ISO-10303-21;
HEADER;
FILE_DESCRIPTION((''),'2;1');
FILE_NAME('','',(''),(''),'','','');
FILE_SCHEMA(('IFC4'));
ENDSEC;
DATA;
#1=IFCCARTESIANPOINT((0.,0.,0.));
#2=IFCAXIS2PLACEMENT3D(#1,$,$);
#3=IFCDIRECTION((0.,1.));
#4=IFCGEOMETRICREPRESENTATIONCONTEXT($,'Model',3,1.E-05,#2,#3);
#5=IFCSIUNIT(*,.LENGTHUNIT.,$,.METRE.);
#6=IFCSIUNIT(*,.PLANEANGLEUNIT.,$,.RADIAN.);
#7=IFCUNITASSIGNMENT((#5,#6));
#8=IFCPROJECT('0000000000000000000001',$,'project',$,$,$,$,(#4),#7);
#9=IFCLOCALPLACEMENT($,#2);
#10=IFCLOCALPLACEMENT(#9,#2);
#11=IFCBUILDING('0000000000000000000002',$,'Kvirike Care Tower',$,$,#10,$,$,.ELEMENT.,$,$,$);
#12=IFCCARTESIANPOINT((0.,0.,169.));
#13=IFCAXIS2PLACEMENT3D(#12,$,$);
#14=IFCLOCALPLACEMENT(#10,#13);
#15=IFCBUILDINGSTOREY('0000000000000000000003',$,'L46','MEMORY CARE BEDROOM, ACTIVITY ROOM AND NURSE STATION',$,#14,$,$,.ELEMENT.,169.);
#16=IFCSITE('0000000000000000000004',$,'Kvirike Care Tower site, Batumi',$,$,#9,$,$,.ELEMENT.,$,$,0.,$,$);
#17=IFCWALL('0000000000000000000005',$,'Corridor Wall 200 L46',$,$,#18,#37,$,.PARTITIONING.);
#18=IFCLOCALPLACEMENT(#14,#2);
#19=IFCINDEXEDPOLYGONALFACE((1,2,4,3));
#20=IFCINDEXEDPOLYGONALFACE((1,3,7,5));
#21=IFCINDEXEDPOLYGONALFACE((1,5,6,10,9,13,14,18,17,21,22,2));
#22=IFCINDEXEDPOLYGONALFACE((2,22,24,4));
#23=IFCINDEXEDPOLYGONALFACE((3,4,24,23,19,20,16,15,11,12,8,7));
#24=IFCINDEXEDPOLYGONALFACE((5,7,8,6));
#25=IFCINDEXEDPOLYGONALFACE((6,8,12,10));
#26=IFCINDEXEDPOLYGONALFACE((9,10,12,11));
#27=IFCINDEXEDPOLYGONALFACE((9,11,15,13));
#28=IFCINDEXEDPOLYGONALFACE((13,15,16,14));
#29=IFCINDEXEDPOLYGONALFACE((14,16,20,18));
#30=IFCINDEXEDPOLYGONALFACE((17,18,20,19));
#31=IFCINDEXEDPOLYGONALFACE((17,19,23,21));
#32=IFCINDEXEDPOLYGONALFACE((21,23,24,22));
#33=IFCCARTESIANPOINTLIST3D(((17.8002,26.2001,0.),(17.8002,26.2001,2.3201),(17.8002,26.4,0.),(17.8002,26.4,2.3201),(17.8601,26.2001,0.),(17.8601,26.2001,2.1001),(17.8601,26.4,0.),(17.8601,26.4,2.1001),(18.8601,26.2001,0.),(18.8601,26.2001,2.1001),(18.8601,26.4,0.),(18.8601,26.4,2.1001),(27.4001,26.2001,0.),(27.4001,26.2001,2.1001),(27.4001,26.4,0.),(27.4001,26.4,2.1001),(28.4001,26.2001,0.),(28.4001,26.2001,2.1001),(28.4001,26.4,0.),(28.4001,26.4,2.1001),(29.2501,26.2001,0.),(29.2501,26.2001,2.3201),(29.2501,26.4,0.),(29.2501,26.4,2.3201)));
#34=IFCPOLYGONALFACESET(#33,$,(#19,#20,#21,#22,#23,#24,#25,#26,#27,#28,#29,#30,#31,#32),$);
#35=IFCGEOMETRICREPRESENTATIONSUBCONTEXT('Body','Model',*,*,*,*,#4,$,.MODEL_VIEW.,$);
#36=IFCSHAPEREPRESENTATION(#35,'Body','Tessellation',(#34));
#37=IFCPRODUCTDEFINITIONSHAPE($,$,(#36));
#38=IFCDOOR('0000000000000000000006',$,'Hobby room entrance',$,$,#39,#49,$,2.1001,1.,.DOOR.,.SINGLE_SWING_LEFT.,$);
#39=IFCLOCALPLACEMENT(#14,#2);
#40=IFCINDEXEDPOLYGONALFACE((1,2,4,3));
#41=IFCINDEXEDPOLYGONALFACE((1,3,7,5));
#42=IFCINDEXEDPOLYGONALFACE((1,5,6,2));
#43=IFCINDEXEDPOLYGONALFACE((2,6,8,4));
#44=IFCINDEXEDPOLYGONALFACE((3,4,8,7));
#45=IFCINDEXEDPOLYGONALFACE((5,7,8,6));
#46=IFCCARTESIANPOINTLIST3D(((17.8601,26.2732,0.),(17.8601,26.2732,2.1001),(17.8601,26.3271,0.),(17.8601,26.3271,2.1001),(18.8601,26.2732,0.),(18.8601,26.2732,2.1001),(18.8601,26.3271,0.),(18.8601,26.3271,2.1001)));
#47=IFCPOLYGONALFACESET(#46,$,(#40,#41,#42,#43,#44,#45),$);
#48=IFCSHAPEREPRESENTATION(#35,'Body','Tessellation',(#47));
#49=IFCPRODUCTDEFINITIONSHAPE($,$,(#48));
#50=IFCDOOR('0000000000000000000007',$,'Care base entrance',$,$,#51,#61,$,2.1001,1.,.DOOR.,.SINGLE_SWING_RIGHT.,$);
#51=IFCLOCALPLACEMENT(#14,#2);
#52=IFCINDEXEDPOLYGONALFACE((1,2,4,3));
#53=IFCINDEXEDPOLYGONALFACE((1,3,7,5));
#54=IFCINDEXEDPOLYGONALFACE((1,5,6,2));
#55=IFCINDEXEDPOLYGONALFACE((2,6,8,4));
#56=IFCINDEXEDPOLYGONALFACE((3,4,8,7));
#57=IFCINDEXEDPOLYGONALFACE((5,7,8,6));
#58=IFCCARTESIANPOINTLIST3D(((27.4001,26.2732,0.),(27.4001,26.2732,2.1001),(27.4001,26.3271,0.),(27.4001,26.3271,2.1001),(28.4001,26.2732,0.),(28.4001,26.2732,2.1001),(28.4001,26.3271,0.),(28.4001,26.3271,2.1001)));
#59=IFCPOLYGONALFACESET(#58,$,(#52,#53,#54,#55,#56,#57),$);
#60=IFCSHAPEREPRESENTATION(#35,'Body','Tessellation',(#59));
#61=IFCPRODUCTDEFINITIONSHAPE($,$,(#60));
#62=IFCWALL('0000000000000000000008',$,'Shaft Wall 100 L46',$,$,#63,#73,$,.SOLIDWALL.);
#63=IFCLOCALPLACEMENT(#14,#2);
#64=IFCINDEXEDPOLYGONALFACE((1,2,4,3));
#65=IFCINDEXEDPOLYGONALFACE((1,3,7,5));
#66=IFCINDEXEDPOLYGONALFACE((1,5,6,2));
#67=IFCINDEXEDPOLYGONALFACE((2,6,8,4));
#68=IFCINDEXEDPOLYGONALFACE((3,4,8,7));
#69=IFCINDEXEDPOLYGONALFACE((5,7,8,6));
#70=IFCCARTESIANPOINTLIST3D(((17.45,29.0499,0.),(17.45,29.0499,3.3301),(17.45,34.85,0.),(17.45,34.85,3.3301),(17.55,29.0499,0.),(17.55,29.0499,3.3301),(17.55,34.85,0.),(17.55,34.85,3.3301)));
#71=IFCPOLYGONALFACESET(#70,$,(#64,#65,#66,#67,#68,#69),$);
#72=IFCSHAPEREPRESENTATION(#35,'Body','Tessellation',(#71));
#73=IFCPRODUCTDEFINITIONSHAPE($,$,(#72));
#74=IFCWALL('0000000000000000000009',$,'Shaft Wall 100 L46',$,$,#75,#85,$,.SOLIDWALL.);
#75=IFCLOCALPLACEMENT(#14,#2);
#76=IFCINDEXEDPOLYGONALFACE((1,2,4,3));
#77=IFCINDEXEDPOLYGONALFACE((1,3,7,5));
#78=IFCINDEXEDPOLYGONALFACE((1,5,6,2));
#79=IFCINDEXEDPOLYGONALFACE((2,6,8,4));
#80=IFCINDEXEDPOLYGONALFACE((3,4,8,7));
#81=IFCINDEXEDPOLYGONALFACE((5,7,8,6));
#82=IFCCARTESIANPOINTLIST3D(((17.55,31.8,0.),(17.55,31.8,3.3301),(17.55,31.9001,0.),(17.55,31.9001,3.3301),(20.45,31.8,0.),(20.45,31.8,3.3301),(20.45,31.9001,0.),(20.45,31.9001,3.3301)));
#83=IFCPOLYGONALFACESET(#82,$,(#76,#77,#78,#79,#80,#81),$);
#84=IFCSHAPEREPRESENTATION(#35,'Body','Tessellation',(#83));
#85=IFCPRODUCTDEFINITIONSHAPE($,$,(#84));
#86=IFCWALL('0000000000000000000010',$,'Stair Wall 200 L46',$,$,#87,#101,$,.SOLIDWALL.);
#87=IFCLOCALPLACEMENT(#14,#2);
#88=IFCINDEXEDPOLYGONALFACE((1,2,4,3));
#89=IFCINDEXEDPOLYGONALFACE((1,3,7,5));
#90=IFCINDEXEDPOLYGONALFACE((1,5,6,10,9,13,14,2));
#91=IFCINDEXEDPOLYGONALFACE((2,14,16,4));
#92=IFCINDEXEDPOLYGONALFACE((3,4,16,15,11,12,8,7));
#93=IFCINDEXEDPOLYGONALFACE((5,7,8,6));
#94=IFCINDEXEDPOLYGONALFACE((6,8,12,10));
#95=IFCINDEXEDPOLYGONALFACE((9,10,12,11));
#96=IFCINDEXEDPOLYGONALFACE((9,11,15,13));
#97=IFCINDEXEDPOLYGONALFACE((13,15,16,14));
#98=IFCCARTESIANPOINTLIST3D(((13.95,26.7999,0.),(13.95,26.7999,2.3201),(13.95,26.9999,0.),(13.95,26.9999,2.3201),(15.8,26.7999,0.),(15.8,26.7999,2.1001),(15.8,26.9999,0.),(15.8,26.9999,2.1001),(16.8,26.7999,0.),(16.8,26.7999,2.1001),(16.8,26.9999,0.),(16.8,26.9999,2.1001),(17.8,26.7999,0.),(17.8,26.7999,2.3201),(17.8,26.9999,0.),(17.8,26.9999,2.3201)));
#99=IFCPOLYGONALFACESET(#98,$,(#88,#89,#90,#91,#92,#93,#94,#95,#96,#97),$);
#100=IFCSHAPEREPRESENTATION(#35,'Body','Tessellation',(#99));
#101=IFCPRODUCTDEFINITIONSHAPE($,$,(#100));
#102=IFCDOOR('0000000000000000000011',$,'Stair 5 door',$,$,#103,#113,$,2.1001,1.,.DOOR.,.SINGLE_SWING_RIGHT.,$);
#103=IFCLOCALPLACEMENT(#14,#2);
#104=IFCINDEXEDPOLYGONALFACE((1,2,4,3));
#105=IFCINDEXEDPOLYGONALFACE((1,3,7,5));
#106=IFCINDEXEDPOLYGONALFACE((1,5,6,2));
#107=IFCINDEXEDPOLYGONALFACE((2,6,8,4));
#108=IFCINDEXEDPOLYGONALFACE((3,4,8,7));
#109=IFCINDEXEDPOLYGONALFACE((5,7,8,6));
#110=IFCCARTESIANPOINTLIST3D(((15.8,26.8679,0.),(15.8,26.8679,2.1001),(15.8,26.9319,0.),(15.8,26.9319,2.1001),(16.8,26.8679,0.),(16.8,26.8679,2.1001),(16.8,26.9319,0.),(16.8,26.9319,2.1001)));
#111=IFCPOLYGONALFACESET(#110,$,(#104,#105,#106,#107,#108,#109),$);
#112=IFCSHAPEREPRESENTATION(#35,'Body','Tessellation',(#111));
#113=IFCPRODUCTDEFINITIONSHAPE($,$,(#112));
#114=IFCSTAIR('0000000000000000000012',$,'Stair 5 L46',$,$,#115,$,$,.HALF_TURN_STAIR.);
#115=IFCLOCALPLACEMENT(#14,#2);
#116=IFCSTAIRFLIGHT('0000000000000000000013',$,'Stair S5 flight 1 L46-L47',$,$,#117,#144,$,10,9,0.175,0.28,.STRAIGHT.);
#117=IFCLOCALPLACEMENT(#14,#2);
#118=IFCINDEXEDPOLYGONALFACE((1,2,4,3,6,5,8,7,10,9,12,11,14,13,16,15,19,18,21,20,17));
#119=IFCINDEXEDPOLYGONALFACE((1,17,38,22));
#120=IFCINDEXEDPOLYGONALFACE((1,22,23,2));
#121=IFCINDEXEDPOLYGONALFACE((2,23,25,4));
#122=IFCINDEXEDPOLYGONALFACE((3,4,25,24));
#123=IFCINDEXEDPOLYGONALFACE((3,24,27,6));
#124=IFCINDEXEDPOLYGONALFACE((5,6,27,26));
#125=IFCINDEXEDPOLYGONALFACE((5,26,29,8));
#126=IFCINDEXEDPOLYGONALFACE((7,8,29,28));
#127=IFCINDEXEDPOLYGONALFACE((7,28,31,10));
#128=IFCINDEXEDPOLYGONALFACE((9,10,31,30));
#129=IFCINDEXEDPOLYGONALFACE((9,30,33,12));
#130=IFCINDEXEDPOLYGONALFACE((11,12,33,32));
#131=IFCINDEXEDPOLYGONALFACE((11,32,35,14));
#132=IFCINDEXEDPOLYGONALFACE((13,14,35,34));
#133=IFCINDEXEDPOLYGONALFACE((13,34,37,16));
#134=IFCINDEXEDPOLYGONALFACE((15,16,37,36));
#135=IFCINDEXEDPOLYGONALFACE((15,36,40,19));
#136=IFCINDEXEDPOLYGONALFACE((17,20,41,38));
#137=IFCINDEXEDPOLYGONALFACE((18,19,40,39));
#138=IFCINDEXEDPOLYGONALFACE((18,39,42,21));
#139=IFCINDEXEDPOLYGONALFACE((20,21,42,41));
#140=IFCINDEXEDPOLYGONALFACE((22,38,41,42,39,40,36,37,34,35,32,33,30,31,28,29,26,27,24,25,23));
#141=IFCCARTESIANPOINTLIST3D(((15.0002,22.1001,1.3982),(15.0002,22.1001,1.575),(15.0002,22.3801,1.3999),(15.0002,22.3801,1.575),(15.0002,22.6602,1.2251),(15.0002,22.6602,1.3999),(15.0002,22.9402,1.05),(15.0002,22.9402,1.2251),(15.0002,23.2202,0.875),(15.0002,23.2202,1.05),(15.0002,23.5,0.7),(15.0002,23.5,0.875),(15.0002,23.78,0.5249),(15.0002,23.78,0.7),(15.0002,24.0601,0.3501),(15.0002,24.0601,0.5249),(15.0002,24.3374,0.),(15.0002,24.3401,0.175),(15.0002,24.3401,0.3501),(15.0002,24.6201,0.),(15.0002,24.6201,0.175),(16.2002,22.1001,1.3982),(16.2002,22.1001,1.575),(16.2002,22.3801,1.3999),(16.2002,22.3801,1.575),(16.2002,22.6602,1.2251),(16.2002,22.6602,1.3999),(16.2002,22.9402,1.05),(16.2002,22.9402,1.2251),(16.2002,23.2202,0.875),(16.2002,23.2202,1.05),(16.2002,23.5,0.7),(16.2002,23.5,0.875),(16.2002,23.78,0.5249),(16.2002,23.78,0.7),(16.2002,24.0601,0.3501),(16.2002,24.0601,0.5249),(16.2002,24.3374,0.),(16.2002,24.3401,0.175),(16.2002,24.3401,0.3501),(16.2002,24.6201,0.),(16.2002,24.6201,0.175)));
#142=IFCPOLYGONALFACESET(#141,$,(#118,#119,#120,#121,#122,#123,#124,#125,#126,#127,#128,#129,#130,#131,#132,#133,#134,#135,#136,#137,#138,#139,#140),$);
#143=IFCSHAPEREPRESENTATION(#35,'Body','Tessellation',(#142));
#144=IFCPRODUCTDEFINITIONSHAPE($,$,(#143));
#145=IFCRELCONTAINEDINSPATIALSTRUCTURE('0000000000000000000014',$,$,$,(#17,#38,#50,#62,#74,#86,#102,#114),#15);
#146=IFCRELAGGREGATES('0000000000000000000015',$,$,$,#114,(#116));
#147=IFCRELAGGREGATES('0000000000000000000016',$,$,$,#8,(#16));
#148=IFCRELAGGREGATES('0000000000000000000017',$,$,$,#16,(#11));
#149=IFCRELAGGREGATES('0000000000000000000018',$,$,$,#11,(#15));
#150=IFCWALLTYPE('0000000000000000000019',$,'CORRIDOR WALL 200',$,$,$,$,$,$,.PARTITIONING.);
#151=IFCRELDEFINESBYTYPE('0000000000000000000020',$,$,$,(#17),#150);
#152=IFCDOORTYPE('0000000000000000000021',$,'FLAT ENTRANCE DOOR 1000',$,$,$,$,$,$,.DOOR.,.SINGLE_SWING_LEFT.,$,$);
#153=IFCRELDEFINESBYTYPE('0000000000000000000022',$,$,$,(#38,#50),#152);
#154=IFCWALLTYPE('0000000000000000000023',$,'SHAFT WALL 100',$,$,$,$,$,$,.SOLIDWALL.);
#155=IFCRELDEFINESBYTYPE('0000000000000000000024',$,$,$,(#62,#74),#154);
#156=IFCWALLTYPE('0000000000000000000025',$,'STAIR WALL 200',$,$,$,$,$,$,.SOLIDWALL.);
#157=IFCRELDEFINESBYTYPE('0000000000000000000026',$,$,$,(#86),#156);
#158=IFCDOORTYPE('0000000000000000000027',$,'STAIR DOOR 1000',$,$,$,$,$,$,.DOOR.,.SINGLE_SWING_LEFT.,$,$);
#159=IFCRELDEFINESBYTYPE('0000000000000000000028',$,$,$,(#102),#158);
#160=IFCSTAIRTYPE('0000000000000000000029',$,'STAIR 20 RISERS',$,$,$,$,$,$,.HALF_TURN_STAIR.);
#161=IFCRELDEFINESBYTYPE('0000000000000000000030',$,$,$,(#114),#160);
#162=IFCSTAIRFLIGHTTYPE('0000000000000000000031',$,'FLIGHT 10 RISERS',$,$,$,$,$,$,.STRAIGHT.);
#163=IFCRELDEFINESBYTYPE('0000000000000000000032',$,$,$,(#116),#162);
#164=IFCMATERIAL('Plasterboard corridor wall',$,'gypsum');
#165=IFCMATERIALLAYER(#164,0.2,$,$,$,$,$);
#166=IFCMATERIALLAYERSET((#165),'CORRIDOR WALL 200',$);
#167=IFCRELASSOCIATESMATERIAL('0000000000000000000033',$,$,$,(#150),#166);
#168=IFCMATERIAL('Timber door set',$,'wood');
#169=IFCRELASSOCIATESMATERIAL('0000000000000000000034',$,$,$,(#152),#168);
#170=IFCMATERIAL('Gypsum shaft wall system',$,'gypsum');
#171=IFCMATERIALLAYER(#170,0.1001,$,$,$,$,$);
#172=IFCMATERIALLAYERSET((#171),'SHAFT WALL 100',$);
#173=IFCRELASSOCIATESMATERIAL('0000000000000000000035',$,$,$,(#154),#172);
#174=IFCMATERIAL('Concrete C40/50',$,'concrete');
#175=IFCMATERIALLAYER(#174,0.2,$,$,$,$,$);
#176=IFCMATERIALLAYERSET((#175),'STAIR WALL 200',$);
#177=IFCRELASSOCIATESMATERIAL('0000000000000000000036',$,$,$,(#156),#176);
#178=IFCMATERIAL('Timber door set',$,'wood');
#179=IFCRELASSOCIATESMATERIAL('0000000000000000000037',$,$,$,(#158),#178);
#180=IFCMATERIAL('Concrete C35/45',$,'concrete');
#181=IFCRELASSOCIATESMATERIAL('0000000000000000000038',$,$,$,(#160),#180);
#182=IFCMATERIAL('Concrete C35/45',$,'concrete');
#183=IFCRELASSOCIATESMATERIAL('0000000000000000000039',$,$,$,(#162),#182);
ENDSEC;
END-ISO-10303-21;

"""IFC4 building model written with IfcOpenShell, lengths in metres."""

from ifc_helpers import new_model, si_unit, direction, frame, frame_2d, origin, place, context, subcontext, project, spatial, polyline, rectangle, outline, extrude, material, layer, layer_set, type_object, element, fill, aggregate, save


model = new_model("IFC4")

# Units and contexts
model_context = context("Model", 3, precision=1e-05, world=origin(), true_north=direction((0.0, 1.0)))
body_context = subcontext(model_context, "Body", "Model", "MODEL_VIEW")
ifc_project = project(units=[si_unit("LENGTHUNIT", "METRE"), si_unit("PLANEANGLEUNIT", "RADIAN")], contexts=[model_context])

# Site, building, storey
site_placement = place(None, origin())
site = spatial("IfcSite", under=ifc_project, at=site_placement, Name="Kvirike Care Tower site, Batumi", CompositionType="ELEMENT", RefElevation=0.0)
building_placement = place(site_placement, origin())
building = spatial("IfcBuilding", under=site, at=building_placement, Name="Kvirike Care Tower", CompositionType="ELEMENT")
storey_placement = place(building_placement, frame((0.0, 0.0, 169.0)))
storey = spatial("IfcBuildingStorey", under=building, at=storey_placement, Name="L46", Description="MEMORY CARE BEDROOM, ACTIVITY ROOM AND NURSE STATION", CompositionType="ELEMENT", Elevation=169.0)

# Wall, openings, doors
ifc_material_1 = material(Name="Plasterboard corridor wall", Category="gypsum")
ifc_layer_1 = layer(ifc_material_1, 0.2)
ifc_layer_set_1 = layer_set([ifc_layer_1], Name="CORRIDOR WALL 200")
wall_type_1 = type_object("IfcWallType", Name="CORRIDOR WALL 200", PredefinedType="PARTITIONING", material=ifc_layer_set_1)
wall_1_placement = place(storey_placement, frame((17.8, 26.3, 0.0), z_axis=(0.0, 0.0, 1.0), x_axis=(1.0, 0.0, 0.0)))
wall_1 = element("IfcWall", 1, at=wall_1_placement, inside=storey, type_object=wall_type_1, Name="Corridor Wall 200 L46", PredefinedType="PARTITIONING", context=body_context, shape_type="SweptSolid", body=[
    extrude(rectangle(XDim=11.45, YDim=0.2, at=frame_2d((5.7251, 0.0))), origin(), (0.0, 0.0, 1.0), 2.3201),
])
opening_1_placement = place(wall_1_placement, frame((0.0601, 0.0, 0.0)))
opening_1 = element("IfcOpeningElement", 2, at=opening_1_placement, cuts=wall_1, PredefinedType="OPENING", context=body_context, shape_type="SweptSolid", body=[
    extrude(rectangle(XDim=1.0, YDim=2.1001, at=frame_2d((0.5, 1.05))), frame((0.0, 0.1106, 0.0), z_axis=(0.0, -1.0, 0.0), x_axis=(1.0, 0.0, 0.0)), (0.0, 0.0, 1.0), 0.2209),
])
opening_2_placement = place(wall_1_placement, frame((9.6001, 0.0, 0.0)))
opening_2 = element("IfcOpeningElement", 3, at=opening_2_placement, cuts=wall_1, PredefinedType="OPENING", context=body_context, shape_type="SweptSolid", body=[
    extrude(rectangle(XDim=1.0, YDim=2.1001, at=frame_2d((0.5, 1.05))), frame((0.0, 0.1106, 0.0), z_axis=(0.0, -1.0, 0.0), x_axis=(1.0, 0.0, 0.0)), (0.0, 0.0, 1.0), 0.2209),
])
ifc_material_2 = material(Name="Timber door set", Category="wood")
door_type_1 = type_object("IfcDoorType", Name="FLAT ENTRANCE DOOR 1000", OperationType="SINGLE_SWING_LEFT", PredefinedType="DOOR", material=ifc_material_2)
door_1_placement = place(opening_1_placement, frame((1.0, 0.0, 0.0), z_axis=(0.0, 0.0, 1.0), x_axis=(-1.0, 0.0, 0.0)))
door_1 = element("IfcDoor", 4, at=door_1_placement, inside=storey, type_object=door_type_1, Name="Hobby room entrance", OperationType="SINGLE_SWING_LEFT", OverallHeight=2.1001, OverallWidth=1.0, PredefinedType="DOOR", context=body_context, shape_type="SweptSolid", body=[
    extrude(rectangle(XDim=1.0, YDim=2.1001, at=frame_2d((0.5, 1.05))), frame((0.0, 0.0269, 0.0), z_axis=(0.0, -1.0, 0.0), x_axis=(1.0, 0.0, 0.0)), (0.0, 0.0, 1.0), 0.054),
])
fill(opening_1, door_1)
door_2_placement = place(opening_2_placement, frame((1.0, 0.0, 0.0), z_axis=(0.0, 0.0, 1.0), x_axis=(-1.0, 0.0, 0.0)))
door_2 = element("IfcDoor", 5, at=door_2_placement, inside=storey, type_object=door_type_1, Name="Care base entrance", OperationType="SINGLE_SWING_RIGHT", OverallHeight=2.1001, OverallWidth=1.0, PredefinedType="DOOR", context=body_context, shape_type="SweptSolid", body=[
    extrude(rectangle(XDim=1.0, YDim=2.1001, at=frame_2d((0.5, 1.05))), frame((0.0, 0.0269, 0.0), z_axis=(0.0, -1.0, 0.0), x_axis=(1.0, 0.0, 0.0)), (0.0, 0.0, 1.0), 0.054),
])
fill(opening_2, door_2)

# Walls
ifc_material_3 = material(Name="Gypsum shaft wall system", Category="gypsum")
ifc_layer_2 = layer(ifc_material_3, 0.1001)
ifc_layer_set_2 = layer_set([ifc_layer_2], Name="SHAFT WALL 100")
wall_type_2 = type_object("IfcWallType", Name="SHAFT WALL 100", PredefinedType="SOLIDWALL", material=ifc_layer_set_2)
wall_2_placement = place(storey_placement, frame((17.5, 29.05, 0.0), z_axis=(0.0, 0.0, 1.0), x_axis=(0.0, 1.0, 0.0)))
element("IfcWall", 6, at=wall_2_placement, inside=storey, type_object=wall_type_2, Name="Shaft Wall 100 L46", PredefinedType="SOLIDWALL", context=body_context, shape_type="SweptSolid", body=[
    extrude(rectangle(XDim=5.8, YDim=0.1001, at=frame_2d((2.8999, 0.0))), origin(), (0.0, 0.0, 1.0), 3.3301),
])
wall_3_placement = place(storey_placement, frame((17.55, 31.8501, 0.0), z_axis=(0.0, 0.0, 1.0), x_axis=(1.0, 0.0, 0.0)))
element("IfcWall", 7, at=wall_3_placement, inside=storey, type_object=wall_type_2, Name="Shaft Wall 100 L46", PredefinedType="SOLIDWALL", context=body_context, shape_type="SweptSolid", body=[
    extrude(rectangle(XDim=2.8999, YDim=0.1001, at=frame_2d((1.45, 0.0))), origin(), (0.0, 0.0, 1.0), 3.3301),
])

# Wall, opening, door
ifc_material_4 = material(Name="Concrete C40/50", Category="concrete")
ifc_layer_3 = layer(ifc_material_4, 0.2)
ifc_layer_set_3 = layer_set([ifc_layer_3], Name="STAIR WALL 200")
wall_type_3 = type_object("IfcWallType", Name="STAIR WALL 200", PredefinedType="SOLIDWALL", material=ifc_layer_set_3)
wall_4_placement = place(storey_placement, frame((13.95, 26.8999, 0.0), z_axis=(0.0, 0.0, 1.0), x_axis=(1.0, 0.0, 0.0)))
wall_4 = element("IfcWall", 8, at=wall_4_placement, inside=storey, type_object=wall_type_3, Name="Stair Wall 200 L46", PredefinedType="SOLIDWALL", context=body_context, shape_type="SweptSolid", body=[
    extrude(rectangle(XDim=3.8501, YDim=0.2, at=frame_2d((1.925, 0.0))), origin(), (0.0, 0.0, 1.0), 2.3201),
])
opening_3_placement = place(wall_4_placement, frame((1.8501, 0.0, 0.0)))
opening_3 = element("IfcOpeningElement", 9, at=opening_3_placement, cuts=wall_4, PredefinedType="OPENING", context=body_context, shape_type="SweptSolid", body=[
    extrude(rectangle(XDim=1.0, YDim=2.1001, at=frame_2d((0.5, 1.05))), frame((0.0, 0.1106, 0.0), z_axis=(0.0, -1.0, 0.0), x_axis=(1.0, 0.0, 0.0)), (0.0, 0.0, 1.0), 0.2209),
])
ifc_material_5 = material(Name="Timber door set", Category="wood")
door_type_2 = type_object("IfcDoorType", Name="STAIR DOOR 1000", OperationType="SINGLE_SWING_LEFT", PredefinedType="DOOR", material=ifc_material_5)
door_3_placement = place(opening_3_placement, frame((1.0, 0.0, 0.0), z_axis=(0.0, 0.0, 1.0), x_axis=(-1.0, 0.0, 0.0)))
door_3 = element("IfcDoor", 10, at=door_3_placement, inside=storey, type_object=door_type_2, Name="Stair 5 door", OperationType="SINGLE_SWING_RIGHT", OverallHeight=2.1001, OverallWidth=1.0, PredefinedType="DOOR", context=body_context, shape_type="SweptSolid", body=[
    extrude(rectangle(XDim=1.0, YDim=2.1001, at=frame_2d((0.5, 1.05))), frame((0.0, 0.032, 0.0), z_axis=(0.0, -1.0, 0.0), x_axis=(1.0, 0.0, 0.0)), (0.0, 0.0, 1.0), 0.064),
])
fill(opening_3, door_3)

# Stair, stair flight
ifc_material_6 = material(Name="Concrete C35/45", Category="concrete")
stair_type = type_object("IfcStairType", Name="STAIR 20 RISERS", PredefinedType="HALF_TURN_STAIR", material=ifc_material_6)
stair_placement = place(storey_placement, origin())
stair = element("IfcStair", 11, at=stair_placement, inside=storey, type_object=stair_type, Name="Stair 5 L46", PredefinedType="HALF_TURN_STAIR")
ifc_material_7 = material(Name="Concrete C35/45", Category="concrete")
stair_flight_type = type_object("IfcStairFlightType", Name="FLIGHT 10 RISERS", PredefinedType="STRAIGHT", material=ifc_material_7)
stair_flight_placement = place(storey_placement, frame((15.6001, 24.6201, 0.0), z_axis=(0.0, 0.0, 1.0), x_axis=(0.0, -1.0, 0.0)))
stair_flight = element("IfcStairFlight", 12, at=stair_flight_placement, type_object=stair_flight_type, Name="Stair S5 flight 1 L46-L47", NumberOfRisers=10, NumberOfTreads=9, PredefinedType="STRAIGHT", RiserHeight=0.175, TreadLength=0.28, context=body_context, shape_type="SweptSolid", body=[
    extrude(outline(polyline([(0.0, 0.0), (0.0, 0.175), (0.28, 0.175), (0.28, 0.3501), (0.5601, 0.3501), (0.5601, 0.5249), (0.8401, 0.5249), (0.8401, 0.7), (1.1201, 0.7), (1.1201, 0.875), (1.3999, 0.875), (1.3999, 1.05), (1.6799, 1.05), (1.6799, 1.2251), (1.96, 1.2251), (1.96, 1.3999), (2.24, 1.3999), (2.24, 1.575), (2.52, 1.575), (2.52, 1.75), (2.52, 1.3982), (0.2827, 0.0), (0.0, 0.0)])), frame((0.0, 0.6001, 0.0), z_axis=(0.0, -1.0, 0.0), x_axis=(1.0, 0.0, 0.0)), (0.0, 0.0, 1.0), 1.2),
])
aggregate(stair, [stair_flight])

save(model, "model.ifc")
